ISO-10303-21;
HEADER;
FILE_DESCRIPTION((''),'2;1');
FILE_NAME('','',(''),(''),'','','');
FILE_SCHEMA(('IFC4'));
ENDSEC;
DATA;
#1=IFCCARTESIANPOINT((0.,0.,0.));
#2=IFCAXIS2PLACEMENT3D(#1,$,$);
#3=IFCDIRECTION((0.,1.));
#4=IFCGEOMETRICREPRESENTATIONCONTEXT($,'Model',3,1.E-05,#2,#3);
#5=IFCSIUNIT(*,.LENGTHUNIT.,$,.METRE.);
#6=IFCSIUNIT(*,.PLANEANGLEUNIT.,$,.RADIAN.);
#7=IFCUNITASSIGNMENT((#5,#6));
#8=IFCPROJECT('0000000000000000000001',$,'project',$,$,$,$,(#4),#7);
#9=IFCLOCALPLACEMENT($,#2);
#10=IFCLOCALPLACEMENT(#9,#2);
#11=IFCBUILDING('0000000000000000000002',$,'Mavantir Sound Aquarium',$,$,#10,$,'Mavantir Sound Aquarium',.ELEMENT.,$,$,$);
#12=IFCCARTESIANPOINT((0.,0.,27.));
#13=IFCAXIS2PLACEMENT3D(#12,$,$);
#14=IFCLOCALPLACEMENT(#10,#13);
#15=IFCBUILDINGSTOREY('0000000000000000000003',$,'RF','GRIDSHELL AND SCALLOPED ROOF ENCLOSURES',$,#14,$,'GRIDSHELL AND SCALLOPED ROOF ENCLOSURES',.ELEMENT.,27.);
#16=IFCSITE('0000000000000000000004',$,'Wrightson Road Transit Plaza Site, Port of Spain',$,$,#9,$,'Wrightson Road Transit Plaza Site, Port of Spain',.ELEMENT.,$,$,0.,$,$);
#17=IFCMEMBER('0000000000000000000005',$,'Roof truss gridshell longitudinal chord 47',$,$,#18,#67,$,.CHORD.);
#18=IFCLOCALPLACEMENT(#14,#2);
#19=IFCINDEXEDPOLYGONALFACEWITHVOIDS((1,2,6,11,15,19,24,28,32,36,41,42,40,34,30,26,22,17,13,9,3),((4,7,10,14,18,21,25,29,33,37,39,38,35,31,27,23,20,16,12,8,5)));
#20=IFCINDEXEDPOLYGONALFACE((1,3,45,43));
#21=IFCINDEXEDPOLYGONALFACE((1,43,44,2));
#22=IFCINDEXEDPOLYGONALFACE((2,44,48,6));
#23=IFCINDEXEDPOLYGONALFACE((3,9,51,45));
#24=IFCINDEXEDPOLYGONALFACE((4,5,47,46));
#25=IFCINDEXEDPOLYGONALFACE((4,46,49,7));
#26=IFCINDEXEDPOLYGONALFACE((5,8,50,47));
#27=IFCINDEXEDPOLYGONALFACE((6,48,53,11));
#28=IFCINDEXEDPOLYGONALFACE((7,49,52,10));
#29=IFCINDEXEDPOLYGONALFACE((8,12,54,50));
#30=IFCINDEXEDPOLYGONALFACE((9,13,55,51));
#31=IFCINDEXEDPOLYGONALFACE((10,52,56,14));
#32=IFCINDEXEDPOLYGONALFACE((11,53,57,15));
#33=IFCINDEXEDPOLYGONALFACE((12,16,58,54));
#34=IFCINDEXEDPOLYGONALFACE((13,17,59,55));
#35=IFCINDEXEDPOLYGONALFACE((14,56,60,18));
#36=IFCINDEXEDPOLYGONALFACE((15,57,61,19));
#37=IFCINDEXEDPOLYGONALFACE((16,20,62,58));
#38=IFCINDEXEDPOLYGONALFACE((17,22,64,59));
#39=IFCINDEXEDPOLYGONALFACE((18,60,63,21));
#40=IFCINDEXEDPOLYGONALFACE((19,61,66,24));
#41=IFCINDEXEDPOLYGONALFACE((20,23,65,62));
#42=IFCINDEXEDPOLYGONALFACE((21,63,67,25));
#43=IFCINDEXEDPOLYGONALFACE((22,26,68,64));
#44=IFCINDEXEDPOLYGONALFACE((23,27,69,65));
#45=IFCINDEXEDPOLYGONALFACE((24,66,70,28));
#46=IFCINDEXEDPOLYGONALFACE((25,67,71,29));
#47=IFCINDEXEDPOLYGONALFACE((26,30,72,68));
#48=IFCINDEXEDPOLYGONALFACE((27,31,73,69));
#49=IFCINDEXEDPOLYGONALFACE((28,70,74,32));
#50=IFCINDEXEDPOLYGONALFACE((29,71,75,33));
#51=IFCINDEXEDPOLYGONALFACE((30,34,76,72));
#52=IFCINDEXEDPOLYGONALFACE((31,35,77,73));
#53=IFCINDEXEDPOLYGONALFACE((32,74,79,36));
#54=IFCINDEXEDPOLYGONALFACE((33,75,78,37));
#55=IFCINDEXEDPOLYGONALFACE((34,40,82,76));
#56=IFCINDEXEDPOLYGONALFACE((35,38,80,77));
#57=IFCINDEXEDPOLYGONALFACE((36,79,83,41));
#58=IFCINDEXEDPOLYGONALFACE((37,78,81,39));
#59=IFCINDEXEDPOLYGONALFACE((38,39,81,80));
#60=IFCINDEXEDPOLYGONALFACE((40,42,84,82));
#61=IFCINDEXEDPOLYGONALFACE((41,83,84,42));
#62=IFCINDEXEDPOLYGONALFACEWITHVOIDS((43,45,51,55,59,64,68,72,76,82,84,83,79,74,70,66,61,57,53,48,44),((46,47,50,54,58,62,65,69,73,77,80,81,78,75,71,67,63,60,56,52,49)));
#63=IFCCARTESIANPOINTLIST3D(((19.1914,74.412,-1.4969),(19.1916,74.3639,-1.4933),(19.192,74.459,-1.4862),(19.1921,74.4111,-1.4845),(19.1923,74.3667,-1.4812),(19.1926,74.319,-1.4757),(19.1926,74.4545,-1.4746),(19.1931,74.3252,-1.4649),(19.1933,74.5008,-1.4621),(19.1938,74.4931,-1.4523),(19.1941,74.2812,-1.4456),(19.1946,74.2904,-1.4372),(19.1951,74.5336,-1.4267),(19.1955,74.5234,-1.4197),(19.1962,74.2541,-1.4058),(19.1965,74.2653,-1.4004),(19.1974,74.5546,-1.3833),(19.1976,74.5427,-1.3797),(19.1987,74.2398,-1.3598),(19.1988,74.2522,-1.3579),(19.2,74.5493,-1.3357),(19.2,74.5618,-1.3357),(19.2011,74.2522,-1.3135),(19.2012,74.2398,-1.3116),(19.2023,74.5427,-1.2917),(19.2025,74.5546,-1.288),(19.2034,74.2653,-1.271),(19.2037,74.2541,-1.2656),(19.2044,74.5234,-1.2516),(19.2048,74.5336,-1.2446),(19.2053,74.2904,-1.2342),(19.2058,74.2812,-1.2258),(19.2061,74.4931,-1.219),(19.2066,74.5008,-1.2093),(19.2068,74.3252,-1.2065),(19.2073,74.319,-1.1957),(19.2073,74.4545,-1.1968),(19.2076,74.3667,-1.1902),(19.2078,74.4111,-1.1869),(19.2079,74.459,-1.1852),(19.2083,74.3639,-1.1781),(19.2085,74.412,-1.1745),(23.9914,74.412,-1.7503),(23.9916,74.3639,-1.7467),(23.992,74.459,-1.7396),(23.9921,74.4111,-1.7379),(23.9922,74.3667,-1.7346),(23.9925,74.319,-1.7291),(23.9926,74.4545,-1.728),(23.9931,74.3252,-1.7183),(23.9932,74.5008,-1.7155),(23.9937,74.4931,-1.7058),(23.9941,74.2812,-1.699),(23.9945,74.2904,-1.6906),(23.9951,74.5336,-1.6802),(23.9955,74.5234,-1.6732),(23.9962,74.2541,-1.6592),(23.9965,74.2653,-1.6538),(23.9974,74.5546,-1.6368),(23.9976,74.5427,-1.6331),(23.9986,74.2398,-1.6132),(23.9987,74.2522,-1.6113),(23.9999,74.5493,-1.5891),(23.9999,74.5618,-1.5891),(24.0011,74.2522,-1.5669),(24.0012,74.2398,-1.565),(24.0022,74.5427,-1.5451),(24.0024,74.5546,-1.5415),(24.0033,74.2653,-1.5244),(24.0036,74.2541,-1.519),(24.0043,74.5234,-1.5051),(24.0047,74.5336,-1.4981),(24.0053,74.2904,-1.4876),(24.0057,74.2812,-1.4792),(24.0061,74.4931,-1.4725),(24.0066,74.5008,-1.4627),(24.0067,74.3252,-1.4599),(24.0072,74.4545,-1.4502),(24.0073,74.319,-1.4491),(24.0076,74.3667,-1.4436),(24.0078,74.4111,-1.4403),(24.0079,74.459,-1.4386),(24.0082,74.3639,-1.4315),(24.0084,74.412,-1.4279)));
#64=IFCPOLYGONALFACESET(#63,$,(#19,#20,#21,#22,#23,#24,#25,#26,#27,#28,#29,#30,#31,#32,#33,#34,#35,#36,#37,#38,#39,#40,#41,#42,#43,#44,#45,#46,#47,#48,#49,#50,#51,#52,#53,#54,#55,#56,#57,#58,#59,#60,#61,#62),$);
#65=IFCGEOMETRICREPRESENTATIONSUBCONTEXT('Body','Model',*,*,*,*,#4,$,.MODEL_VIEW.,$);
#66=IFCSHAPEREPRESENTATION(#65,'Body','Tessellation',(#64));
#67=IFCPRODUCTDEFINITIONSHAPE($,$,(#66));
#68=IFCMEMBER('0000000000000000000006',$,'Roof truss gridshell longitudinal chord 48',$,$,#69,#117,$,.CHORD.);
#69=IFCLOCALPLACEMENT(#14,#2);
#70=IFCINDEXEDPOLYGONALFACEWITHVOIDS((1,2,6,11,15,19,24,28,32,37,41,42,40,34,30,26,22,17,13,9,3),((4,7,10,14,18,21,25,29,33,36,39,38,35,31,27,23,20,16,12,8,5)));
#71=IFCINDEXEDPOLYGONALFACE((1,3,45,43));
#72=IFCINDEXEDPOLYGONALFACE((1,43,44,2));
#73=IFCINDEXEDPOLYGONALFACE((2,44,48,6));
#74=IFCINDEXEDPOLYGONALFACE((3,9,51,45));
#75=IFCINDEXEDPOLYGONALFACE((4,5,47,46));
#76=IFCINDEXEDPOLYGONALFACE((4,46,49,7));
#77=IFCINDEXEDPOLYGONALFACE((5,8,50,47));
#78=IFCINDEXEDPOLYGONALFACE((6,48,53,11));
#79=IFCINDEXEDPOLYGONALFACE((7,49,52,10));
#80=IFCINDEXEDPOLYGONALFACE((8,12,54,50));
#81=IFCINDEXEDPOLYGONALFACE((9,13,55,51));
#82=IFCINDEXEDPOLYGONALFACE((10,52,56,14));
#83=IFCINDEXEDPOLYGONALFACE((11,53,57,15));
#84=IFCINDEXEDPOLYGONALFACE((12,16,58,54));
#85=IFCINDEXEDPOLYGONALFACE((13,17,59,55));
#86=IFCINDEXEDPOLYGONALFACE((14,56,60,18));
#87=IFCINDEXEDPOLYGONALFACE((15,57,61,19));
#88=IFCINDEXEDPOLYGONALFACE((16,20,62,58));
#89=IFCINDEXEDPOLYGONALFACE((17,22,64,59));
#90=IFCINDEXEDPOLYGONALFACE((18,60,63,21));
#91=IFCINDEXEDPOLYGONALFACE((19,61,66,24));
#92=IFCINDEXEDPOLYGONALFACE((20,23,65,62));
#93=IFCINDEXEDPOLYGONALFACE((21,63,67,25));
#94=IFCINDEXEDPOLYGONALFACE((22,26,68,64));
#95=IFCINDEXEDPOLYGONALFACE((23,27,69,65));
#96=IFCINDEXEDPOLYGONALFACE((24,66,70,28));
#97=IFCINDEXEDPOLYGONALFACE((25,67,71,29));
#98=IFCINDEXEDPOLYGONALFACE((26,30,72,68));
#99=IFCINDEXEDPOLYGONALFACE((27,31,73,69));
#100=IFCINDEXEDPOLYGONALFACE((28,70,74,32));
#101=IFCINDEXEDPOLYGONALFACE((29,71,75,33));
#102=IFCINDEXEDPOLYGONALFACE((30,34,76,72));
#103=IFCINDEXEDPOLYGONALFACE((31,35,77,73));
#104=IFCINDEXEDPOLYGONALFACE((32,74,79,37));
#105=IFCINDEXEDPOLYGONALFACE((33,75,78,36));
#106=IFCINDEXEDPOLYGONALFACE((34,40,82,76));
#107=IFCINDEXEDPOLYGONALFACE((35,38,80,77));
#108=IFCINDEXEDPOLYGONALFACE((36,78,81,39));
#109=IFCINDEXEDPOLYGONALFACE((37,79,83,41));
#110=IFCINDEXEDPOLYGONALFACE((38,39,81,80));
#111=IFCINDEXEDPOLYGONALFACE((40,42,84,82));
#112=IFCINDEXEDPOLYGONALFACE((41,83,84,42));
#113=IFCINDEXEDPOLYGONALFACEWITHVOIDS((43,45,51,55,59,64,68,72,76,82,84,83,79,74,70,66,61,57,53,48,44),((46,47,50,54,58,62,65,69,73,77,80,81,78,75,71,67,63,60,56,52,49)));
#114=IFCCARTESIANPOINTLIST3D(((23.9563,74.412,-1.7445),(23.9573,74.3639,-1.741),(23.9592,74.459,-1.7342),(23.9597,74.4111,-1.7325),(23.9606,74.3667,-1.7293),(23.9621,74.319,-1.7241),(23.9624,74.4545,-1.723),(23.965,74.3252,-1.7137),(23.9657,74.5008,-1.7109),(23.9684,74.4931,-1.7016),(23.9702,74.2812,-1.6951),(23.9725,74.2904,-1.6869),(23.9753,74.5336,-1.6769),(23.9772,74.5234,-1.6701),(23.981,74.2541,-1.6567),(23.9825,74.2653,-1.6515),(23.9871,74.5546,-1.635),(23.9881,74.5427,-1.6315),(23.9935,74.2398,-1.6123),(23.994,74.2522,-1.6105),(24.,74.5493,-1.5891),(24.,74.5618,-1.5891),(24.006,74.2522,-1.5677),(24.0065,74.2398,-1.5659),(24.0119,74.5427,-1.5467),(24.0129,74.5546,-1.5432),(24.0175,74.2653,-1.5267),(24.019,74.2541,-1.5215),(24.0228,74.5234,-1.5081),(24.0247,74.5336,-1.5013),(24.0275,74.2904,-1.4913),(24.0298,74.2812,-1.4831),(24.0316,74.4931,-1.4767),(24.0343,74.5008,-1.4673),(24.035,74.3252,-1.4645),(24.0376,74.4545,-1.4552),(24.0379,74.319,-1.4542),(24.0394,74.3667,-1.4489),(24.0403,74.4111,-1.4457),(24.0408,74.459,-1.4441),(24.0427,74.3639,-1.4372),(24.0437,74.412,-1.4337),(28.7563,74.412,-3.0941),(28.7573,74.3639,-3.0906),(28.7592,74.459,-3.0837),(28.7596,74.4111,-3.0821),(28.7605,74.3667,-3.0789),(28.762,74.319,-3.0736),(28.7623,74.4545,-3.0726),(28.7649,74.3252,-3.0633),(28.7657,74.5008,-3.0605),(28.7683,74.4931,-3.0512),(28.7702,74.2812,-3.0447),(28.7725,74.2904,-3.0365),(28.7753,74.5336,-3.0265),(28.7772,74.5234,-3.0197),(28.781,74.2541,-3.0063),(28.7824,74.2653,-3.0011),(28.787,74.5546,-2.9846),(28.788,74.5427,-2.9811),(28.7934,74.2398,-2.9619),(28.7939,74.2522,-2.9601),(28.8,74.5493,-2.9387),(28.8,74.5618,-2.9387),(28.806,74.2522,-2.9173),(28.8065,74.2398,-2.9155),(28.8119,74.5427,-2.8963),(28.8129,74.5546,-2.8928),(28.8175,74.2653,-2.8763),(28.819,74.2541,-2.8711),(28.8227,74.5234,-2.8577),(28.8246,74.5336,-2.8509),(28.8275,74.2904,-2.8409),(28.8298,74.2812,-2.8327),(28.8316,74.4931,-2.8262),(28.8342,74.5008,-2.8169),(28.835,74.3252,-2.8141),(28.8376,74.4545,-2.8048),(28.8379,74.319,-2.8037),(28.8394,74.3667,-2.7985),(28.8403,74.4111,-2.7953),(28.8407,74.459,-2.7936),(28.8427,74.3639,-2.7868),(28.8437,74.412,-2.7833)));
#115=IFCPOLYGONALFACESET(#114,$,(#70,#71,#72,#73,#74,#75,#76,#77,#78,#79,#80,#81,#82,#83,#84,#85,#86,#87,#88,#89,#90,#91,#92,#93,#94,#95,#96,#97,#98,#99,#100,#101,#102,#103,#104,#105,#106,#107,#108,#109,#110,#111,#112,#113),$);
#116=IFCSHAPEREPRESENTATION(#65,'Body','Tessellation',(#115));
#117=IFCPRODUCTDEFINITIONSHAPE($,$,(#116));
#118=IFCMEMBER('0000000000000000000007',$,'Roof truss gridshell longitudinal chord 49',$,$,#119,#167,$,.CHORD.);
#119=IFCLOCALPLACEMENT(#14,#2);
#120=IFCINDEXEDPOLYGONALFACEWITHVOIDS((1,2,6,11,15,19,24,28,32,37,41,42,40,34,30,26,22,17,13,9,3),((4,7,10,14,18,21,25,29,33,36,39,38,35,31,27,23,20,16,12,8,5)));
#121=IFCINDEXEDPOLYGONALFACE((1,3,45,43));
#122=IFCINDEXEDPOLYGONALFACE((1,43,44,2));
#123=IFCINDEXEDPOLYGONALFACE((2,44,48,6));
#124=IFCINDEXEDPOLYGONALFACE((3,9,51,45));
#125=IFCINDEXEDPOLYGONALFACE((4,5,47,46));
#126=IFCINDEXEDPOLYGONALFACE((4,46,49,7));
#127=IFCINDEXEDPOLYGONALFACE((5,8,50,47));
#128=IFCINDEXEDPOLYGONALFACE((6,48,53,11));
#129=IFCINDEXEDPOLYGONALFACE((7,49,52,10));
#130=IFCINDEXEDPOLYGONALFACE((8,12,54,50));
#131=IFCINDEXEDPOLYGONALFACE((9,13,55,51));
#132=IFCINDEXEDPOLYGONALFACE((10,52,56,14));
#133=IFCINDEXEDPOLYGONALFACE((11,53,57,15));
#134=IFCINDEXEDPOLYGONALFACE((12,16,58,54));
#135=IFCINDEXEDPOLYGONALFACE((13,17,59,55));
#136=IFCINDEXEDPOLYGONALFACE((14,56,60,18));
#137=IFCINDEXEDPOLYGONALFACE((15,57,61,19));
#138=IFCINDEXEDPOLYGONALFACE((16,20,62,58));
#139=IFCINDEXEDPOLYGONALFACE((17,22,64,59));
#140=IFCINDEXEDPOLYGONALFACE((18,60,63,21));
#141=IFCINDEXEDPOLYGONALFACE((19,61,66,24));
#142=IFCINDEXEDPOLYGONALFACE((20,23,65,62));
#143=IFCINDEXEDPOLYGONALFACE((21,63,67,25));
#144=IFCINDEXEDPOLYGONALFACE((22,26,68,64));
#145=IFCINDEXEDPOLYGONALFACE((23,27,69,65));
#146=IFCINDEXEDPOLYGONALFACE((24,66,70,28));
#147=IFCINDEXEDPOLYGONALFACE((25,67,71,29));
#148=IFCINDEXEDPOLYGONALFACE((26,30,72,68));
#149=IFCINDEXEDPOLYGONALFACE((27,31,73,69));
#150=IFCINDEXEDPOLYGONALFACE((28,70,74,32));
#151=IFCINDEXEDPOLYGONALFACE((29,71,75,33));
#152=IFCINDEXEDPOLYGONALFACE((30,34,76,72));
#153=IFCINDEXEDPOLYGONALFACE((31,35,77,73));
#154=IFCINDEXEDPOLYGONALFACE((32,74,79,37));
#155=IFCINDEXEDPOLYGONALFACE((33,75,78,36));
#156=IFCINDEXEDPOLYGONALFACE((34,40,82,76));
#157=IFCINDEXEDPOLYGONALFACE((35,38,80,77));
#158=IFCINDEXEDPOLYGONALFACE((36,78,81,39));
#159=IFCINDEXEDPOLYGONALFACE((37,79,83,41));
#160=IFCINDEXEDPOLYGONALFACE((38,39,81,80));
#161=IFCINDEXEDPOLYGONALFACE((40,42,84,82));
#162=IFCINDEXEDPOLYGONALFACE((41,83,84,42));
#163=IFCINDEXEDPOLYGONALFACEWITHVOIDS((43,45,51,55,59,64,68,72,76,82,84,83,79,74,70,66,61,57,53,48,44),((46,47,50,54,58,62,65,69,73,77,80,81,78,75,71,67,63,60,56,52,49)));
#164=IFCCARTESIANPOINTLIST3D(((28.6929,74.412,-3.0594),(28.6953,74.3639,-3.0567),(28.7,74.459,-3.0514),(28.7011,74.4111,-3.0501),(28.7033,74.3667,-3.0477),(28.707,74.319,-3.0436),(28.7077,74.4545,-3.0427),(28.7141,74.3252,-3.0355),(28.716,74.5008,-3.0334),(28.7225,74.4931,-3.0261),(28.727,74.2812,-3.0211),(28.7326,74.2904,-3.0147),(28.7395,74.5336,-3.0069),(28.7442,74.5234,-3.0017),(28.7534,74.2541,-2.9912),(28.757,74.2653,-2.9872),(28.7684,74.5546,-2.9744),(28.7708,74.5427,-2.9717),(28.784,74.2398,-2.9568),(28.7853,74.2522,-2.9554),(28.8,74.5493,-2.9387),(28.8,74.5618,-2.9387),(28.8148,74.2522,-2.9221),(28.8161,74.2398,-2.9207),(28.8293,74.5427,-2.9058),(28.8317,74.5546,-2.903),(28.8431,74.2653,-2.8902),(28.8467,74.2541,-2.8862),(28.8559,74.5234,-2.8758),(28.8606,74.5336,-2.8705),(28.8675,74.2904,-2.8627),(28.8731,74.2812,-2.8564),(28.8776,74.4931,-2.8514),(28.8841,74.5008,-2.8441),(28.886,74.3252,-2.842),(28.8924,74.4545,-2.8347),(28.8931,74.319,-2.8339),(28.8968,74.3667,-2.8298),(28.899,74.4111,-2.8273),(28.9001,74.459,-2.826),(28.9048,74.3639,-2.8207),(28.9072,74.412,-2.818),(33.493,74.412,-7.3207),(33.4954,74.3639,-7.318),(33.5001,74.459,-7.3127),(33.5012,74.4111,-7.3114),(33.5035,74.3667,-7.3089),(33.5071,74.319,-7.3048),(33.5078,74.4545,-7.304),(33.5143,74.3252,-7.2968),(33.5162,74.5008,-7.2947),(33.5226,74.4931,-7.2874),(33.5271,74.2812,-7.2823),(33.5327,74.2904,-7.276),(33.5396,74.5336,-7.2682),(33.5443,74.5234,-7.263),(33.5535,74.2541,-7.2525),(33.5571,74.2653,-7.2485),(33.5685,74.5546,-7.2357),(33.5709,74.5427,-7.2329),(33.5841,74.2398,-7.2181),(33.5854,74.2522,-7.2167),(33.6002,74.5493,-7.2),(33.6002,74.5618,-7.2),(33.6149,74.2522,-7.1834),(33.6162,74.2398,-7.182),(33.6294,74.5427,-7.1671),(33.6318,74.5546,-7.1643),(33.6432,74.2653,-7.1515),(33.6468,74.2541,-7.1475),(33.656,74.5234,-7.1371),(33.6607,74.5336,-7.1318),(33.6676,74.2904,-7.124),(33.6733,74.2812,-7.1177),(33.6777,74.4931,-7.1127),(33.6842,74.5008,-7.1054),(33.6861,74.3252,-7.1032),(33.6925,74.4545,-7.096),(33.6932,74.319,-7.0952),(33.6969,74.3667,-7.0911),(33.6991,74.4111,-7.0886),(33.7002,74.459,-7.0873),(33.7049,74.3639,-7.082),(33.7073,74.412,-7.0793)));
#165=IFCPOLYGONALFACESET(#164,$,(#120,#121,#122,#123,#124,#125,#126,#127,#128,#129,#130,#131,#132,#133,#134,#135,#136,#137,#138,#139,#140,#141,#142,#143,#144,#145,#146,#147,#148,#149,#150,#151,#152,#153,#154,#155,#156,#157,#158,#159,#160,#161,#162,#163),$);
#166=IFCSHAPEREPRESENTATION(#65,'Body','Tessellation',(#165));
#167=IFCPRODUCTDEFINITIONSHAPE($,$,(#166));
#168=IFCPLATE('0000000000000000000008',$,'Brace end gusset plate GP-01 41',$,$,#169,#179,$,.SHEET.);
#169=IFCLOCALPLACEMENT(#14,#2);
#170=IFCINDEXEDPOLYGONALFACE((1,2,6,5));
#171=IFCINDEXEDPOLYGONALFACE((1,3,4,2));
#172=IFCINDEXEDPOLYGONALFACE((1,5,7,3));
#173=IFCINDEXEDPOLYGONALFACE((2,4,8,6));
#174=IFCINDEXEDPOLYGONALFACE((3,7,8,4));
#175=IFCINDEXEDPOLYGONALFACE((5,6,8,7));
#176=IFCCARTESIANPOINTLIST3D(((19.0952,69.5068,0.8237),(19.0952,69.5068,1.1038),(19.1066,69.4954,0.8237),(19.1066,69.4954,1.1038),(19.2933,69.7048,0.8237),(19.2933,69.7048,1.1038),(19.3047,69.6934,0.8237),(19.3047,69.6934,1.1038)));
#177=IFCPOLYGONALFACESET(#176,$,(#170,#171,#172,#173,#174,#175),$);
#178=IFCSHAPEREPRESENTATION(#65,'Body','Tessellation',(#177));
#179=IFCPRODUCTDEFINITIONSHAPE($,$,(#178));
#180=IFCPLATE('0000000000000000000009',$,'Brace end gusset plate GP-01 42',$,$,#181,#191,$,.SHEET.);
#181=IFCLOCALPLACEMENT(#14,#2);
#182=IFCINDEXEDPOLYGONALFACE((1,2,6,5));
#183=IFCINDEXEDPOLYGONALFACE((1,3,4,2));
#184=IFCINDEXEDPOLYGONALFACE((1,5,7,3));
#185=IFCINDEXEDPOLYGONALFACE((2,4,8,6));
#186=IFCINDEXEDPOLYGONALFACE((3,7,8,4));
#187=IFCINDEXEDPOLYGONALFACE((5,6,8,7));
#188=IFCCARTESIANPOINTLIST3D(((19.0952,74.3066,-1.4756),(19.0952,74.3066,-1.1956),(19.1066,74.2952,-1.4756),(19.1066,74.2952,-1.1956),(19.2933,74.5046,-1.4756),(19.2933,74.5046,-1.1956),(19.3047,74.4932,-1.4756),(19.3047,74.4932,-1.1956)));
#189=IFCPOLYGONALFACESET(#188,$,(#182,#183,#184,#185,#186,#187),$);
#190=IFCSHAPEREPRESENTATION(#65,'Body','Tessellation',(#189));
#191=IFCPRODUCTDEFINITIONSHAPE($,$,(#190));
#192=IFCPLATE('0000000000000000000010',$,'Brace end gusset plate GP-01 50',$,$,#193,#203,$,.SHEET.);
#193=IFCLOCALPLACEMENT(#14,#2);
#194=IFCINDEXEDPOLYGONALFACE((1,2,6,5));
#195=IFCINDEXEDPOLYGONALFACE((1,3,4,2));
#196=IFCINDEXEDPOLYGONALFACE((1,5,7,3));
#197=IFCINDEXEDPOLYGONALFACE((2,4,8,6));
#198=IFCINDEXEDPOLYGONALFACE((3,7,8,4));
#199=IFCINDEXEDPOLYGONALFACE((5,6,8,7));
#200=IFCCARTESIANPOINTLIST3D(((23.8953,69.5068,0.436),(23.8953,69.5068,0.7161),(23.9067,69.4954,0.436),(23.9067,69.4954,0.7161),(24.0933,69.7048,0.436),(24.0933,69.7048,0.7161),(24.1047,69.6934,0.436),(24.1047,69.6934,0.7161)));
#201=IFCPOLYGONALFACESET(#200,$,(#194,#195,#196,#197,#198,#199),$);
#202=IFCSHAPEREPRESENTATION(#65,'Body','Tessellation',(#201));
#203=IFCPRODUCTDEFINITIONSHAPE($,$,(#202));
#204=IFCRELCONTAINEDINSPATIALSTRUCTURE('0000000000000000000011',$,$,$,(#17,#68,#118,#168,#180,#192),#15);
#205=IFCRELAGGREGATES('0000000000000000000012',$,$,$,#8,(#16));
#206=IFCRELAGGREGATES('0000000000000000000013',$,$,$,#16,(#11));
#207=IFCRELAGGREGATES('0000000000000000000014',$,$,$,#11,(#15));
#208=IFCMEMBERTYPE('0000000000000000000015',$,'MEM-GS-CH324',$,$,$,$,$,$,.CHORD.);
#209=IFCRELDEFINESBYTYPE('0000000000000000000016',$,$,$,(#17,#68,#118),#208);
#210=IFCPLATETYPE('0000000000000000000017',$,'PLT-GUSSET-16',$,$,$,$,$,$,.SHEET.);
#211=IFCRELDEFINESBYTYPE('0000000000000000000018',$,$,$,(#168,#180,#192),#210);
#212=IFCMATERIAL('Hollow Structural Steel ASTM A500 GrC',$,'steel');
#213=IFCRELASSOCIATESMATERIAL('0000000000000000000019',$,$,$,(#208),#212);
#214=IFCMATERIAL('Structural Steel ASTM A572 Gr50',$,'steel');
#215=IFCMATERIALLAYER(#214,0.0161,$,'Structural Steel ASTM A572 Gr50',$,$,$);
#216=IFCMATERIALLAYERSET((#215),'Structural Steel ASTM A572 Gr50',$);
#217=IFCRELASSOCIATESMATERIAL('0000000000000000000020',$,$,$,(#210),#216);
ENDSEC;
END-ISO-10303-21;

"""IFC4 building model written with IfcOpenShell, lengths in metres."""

from ifc_helpers import new_model, si_unit, direction, frame, origin, origin_2d, place, context, subcontext, project, spatial, rectangle, hollow_circle, extrude, material, layer, layer_set, material_profile, profile_set, type_object, element, save


model = new_model("IFC4")

# Units and contexts
model_context = context("Model", 3, precision=1e-05, world=origin(), true_north=direction((0.0, 1.0)))
body_context = subcontext(model_context, "Body", "Model", "MODEL_VIEW")
ifc_project = project(units=[si_unit("LENGTHUNIT", "METRE"), si_unit("PLANEANGLEUNIT", "RADIAN")], contexts=[model_context])

# Site, building, storey
site_placement = place(None, origin())
site = spatial("IfcSite", under=ifc_project, at=site_placement, Name="Wrightson Road Transit Plaza Site, Port of Spain", LongName="Wrightson Road Transit Plaza Site, Port of Spain", CompositionType="ELEMENT", RefElevation=0.0)
building_placement = place(site_placement, origin())
building = spatial("IfcBuilding", under=site, at=building_placement, Name="Mavantir Sound Aquarium", LongName="Mavantir Sound Aquarium", CompositionType="ELEMENT")
storey_placement = place(building_placement, frame((0.0, 0.0, 27.0)))
storey = spatial("IfcBuildingStorey", under=building, at=storey_placement, Name="RF", Description="GRIDSHELL AND SCALLOPED ROOF ENCLOSURES", LongName="GRIDSHELL AND SCALLOPED ROOF ENCLOSURES", CompositionType="ELEMENT", Elevation=27.0)

# Shared definitions
ifc_material_1 = material(Name="Hollow Structural Steel ASTM A500 GrC", Category="steel")

# Members
ifc_material_profile_1 = material_profile(ifc_material_1, hollow_circle(Radius=0.1619, WallThickness=0.0125, at=origin_2d()), Name="CHS 323.9X12.5")
ifc_profile_set_1 = profile_set([ifc_material_profile_1], Name="Hollow Structural Steel ASTM A500 GrC")
member_type_1 = type_object("IfcMemberType", Name="MEM-GS-CH324", PredefinedType="CHORD", material=ifc_profile_set_1)
member_1_placement = place(storey_placement, frame((19.2, 74.3999, -1.3357), z_axis=(0.998609, 0.0, -0.052721), x_axis=(0.0, 1.0, 0.0)))
element("IfcMember", 1, at=member_1_placement, inside=storey, type_object=member_type_1, Name="Roof truss gridshell longitudinal chord 47", PredefinedType="CHORD", context=body_context, shape_type="SweptSolid", body=[
    extrude(hollow_circle(Radius=0.1619, WallThickness=0.0125, at=origin_2d()), origin(), (0.0, 0.0, 1.0), 4.8066),
])
member_2_placement = place(storey_placement, frame((24.0, 74.3999, -1.5891), z_axis=(0.962672, 0.0, -0.27067), x_axis=(0.0, 1.0, 0.0)))
element("IfcMember", 2, at=member_2_placement, inside=storey, type_object=member_type_1, Name="Roof truss gridshell longitudinal chord 48", PredefinedType="CHORD", context=body_context, shape_type="SweptSolid", body=[
    extrude(hollow_circle(Radius=0.1619, WallThickness=0.0125, at=origin_2d()), origin(), (0.0, 0.0, 1.0), 4.9861),
])
member_3_placement = place(storey_placement, frame((28.8, 74.3999, -2.9387), z_axis=(0.747833, 0.0, -0.663887), x_axis=(0.0, 1.0, 0.0)))
element("IfcMember", 3, at=member_3_placement, inside=storey, type_object=member_type_1, Name="Roof truss gridshell longitudinal chord 49", PredefinedType="CHORD", context=body_context, shape_type="SweptSolid", body=[
    extrude(hollow_circle(Radius=0.1619, WallThickness=0.0125, at=origin_2d()), origin(), (0.0, 0.0, 1.0), 6.4187),
])

# Plates
ifc_material_2 = material(Name="Structural Steel ASTM A572 Gr50", Category="steel")
ifc_layer_1 = layer(ifc_material_2, 0.0161, Name="Structural Steel ASTM A572 Gr50")
ifc_layer_set_1 = layer_set([ifc_layer_1], Name="Structural Steel ASTM A572 Gr50")
plate_type_1 = type_object("IfcPlateType", Name="PLT-GUSSET-16", PredefinedType="SHEET", material=ifc_layer_set_1)
for number, where, z_axis, x_axis, name in (
    (4, (19.2, 69.6001, 0.8237), (0.0, 0.0, 1.0), (0.707107, 0.707107, 0.0), "Brace end gusset plate GP-01 41"),
    (5, (19.2, 74.3999, -1.4756), (0.0, 0.0, 1.0), (0.707107, 0.707107, 0.0), "Brace end gusset plate GP-01 42"),
    (6, (24.0, 69.6001, 0.436), (0.0, 0.0, 1.0), (0.707107, 0.707107, 0.0), "Brace end gusset plate GP-01 50"),
):
    element("IfcPlate", number, at=place(storey_placement, frame(where, z_axis=z_axis, x_axis=x_axis)), inside=storey, type_object=plate_type_1, Name=name, PredefinedType="SHEET", context=body_context, shape_type="SweptSolid", body=[
        extrude(rectangle(XDim=0.28, YDim=0.0161, at=origin_2d()), origin(), (0.0, 0.0, 1.0), 0.28),
    ])

save(model, "model.ifc")
